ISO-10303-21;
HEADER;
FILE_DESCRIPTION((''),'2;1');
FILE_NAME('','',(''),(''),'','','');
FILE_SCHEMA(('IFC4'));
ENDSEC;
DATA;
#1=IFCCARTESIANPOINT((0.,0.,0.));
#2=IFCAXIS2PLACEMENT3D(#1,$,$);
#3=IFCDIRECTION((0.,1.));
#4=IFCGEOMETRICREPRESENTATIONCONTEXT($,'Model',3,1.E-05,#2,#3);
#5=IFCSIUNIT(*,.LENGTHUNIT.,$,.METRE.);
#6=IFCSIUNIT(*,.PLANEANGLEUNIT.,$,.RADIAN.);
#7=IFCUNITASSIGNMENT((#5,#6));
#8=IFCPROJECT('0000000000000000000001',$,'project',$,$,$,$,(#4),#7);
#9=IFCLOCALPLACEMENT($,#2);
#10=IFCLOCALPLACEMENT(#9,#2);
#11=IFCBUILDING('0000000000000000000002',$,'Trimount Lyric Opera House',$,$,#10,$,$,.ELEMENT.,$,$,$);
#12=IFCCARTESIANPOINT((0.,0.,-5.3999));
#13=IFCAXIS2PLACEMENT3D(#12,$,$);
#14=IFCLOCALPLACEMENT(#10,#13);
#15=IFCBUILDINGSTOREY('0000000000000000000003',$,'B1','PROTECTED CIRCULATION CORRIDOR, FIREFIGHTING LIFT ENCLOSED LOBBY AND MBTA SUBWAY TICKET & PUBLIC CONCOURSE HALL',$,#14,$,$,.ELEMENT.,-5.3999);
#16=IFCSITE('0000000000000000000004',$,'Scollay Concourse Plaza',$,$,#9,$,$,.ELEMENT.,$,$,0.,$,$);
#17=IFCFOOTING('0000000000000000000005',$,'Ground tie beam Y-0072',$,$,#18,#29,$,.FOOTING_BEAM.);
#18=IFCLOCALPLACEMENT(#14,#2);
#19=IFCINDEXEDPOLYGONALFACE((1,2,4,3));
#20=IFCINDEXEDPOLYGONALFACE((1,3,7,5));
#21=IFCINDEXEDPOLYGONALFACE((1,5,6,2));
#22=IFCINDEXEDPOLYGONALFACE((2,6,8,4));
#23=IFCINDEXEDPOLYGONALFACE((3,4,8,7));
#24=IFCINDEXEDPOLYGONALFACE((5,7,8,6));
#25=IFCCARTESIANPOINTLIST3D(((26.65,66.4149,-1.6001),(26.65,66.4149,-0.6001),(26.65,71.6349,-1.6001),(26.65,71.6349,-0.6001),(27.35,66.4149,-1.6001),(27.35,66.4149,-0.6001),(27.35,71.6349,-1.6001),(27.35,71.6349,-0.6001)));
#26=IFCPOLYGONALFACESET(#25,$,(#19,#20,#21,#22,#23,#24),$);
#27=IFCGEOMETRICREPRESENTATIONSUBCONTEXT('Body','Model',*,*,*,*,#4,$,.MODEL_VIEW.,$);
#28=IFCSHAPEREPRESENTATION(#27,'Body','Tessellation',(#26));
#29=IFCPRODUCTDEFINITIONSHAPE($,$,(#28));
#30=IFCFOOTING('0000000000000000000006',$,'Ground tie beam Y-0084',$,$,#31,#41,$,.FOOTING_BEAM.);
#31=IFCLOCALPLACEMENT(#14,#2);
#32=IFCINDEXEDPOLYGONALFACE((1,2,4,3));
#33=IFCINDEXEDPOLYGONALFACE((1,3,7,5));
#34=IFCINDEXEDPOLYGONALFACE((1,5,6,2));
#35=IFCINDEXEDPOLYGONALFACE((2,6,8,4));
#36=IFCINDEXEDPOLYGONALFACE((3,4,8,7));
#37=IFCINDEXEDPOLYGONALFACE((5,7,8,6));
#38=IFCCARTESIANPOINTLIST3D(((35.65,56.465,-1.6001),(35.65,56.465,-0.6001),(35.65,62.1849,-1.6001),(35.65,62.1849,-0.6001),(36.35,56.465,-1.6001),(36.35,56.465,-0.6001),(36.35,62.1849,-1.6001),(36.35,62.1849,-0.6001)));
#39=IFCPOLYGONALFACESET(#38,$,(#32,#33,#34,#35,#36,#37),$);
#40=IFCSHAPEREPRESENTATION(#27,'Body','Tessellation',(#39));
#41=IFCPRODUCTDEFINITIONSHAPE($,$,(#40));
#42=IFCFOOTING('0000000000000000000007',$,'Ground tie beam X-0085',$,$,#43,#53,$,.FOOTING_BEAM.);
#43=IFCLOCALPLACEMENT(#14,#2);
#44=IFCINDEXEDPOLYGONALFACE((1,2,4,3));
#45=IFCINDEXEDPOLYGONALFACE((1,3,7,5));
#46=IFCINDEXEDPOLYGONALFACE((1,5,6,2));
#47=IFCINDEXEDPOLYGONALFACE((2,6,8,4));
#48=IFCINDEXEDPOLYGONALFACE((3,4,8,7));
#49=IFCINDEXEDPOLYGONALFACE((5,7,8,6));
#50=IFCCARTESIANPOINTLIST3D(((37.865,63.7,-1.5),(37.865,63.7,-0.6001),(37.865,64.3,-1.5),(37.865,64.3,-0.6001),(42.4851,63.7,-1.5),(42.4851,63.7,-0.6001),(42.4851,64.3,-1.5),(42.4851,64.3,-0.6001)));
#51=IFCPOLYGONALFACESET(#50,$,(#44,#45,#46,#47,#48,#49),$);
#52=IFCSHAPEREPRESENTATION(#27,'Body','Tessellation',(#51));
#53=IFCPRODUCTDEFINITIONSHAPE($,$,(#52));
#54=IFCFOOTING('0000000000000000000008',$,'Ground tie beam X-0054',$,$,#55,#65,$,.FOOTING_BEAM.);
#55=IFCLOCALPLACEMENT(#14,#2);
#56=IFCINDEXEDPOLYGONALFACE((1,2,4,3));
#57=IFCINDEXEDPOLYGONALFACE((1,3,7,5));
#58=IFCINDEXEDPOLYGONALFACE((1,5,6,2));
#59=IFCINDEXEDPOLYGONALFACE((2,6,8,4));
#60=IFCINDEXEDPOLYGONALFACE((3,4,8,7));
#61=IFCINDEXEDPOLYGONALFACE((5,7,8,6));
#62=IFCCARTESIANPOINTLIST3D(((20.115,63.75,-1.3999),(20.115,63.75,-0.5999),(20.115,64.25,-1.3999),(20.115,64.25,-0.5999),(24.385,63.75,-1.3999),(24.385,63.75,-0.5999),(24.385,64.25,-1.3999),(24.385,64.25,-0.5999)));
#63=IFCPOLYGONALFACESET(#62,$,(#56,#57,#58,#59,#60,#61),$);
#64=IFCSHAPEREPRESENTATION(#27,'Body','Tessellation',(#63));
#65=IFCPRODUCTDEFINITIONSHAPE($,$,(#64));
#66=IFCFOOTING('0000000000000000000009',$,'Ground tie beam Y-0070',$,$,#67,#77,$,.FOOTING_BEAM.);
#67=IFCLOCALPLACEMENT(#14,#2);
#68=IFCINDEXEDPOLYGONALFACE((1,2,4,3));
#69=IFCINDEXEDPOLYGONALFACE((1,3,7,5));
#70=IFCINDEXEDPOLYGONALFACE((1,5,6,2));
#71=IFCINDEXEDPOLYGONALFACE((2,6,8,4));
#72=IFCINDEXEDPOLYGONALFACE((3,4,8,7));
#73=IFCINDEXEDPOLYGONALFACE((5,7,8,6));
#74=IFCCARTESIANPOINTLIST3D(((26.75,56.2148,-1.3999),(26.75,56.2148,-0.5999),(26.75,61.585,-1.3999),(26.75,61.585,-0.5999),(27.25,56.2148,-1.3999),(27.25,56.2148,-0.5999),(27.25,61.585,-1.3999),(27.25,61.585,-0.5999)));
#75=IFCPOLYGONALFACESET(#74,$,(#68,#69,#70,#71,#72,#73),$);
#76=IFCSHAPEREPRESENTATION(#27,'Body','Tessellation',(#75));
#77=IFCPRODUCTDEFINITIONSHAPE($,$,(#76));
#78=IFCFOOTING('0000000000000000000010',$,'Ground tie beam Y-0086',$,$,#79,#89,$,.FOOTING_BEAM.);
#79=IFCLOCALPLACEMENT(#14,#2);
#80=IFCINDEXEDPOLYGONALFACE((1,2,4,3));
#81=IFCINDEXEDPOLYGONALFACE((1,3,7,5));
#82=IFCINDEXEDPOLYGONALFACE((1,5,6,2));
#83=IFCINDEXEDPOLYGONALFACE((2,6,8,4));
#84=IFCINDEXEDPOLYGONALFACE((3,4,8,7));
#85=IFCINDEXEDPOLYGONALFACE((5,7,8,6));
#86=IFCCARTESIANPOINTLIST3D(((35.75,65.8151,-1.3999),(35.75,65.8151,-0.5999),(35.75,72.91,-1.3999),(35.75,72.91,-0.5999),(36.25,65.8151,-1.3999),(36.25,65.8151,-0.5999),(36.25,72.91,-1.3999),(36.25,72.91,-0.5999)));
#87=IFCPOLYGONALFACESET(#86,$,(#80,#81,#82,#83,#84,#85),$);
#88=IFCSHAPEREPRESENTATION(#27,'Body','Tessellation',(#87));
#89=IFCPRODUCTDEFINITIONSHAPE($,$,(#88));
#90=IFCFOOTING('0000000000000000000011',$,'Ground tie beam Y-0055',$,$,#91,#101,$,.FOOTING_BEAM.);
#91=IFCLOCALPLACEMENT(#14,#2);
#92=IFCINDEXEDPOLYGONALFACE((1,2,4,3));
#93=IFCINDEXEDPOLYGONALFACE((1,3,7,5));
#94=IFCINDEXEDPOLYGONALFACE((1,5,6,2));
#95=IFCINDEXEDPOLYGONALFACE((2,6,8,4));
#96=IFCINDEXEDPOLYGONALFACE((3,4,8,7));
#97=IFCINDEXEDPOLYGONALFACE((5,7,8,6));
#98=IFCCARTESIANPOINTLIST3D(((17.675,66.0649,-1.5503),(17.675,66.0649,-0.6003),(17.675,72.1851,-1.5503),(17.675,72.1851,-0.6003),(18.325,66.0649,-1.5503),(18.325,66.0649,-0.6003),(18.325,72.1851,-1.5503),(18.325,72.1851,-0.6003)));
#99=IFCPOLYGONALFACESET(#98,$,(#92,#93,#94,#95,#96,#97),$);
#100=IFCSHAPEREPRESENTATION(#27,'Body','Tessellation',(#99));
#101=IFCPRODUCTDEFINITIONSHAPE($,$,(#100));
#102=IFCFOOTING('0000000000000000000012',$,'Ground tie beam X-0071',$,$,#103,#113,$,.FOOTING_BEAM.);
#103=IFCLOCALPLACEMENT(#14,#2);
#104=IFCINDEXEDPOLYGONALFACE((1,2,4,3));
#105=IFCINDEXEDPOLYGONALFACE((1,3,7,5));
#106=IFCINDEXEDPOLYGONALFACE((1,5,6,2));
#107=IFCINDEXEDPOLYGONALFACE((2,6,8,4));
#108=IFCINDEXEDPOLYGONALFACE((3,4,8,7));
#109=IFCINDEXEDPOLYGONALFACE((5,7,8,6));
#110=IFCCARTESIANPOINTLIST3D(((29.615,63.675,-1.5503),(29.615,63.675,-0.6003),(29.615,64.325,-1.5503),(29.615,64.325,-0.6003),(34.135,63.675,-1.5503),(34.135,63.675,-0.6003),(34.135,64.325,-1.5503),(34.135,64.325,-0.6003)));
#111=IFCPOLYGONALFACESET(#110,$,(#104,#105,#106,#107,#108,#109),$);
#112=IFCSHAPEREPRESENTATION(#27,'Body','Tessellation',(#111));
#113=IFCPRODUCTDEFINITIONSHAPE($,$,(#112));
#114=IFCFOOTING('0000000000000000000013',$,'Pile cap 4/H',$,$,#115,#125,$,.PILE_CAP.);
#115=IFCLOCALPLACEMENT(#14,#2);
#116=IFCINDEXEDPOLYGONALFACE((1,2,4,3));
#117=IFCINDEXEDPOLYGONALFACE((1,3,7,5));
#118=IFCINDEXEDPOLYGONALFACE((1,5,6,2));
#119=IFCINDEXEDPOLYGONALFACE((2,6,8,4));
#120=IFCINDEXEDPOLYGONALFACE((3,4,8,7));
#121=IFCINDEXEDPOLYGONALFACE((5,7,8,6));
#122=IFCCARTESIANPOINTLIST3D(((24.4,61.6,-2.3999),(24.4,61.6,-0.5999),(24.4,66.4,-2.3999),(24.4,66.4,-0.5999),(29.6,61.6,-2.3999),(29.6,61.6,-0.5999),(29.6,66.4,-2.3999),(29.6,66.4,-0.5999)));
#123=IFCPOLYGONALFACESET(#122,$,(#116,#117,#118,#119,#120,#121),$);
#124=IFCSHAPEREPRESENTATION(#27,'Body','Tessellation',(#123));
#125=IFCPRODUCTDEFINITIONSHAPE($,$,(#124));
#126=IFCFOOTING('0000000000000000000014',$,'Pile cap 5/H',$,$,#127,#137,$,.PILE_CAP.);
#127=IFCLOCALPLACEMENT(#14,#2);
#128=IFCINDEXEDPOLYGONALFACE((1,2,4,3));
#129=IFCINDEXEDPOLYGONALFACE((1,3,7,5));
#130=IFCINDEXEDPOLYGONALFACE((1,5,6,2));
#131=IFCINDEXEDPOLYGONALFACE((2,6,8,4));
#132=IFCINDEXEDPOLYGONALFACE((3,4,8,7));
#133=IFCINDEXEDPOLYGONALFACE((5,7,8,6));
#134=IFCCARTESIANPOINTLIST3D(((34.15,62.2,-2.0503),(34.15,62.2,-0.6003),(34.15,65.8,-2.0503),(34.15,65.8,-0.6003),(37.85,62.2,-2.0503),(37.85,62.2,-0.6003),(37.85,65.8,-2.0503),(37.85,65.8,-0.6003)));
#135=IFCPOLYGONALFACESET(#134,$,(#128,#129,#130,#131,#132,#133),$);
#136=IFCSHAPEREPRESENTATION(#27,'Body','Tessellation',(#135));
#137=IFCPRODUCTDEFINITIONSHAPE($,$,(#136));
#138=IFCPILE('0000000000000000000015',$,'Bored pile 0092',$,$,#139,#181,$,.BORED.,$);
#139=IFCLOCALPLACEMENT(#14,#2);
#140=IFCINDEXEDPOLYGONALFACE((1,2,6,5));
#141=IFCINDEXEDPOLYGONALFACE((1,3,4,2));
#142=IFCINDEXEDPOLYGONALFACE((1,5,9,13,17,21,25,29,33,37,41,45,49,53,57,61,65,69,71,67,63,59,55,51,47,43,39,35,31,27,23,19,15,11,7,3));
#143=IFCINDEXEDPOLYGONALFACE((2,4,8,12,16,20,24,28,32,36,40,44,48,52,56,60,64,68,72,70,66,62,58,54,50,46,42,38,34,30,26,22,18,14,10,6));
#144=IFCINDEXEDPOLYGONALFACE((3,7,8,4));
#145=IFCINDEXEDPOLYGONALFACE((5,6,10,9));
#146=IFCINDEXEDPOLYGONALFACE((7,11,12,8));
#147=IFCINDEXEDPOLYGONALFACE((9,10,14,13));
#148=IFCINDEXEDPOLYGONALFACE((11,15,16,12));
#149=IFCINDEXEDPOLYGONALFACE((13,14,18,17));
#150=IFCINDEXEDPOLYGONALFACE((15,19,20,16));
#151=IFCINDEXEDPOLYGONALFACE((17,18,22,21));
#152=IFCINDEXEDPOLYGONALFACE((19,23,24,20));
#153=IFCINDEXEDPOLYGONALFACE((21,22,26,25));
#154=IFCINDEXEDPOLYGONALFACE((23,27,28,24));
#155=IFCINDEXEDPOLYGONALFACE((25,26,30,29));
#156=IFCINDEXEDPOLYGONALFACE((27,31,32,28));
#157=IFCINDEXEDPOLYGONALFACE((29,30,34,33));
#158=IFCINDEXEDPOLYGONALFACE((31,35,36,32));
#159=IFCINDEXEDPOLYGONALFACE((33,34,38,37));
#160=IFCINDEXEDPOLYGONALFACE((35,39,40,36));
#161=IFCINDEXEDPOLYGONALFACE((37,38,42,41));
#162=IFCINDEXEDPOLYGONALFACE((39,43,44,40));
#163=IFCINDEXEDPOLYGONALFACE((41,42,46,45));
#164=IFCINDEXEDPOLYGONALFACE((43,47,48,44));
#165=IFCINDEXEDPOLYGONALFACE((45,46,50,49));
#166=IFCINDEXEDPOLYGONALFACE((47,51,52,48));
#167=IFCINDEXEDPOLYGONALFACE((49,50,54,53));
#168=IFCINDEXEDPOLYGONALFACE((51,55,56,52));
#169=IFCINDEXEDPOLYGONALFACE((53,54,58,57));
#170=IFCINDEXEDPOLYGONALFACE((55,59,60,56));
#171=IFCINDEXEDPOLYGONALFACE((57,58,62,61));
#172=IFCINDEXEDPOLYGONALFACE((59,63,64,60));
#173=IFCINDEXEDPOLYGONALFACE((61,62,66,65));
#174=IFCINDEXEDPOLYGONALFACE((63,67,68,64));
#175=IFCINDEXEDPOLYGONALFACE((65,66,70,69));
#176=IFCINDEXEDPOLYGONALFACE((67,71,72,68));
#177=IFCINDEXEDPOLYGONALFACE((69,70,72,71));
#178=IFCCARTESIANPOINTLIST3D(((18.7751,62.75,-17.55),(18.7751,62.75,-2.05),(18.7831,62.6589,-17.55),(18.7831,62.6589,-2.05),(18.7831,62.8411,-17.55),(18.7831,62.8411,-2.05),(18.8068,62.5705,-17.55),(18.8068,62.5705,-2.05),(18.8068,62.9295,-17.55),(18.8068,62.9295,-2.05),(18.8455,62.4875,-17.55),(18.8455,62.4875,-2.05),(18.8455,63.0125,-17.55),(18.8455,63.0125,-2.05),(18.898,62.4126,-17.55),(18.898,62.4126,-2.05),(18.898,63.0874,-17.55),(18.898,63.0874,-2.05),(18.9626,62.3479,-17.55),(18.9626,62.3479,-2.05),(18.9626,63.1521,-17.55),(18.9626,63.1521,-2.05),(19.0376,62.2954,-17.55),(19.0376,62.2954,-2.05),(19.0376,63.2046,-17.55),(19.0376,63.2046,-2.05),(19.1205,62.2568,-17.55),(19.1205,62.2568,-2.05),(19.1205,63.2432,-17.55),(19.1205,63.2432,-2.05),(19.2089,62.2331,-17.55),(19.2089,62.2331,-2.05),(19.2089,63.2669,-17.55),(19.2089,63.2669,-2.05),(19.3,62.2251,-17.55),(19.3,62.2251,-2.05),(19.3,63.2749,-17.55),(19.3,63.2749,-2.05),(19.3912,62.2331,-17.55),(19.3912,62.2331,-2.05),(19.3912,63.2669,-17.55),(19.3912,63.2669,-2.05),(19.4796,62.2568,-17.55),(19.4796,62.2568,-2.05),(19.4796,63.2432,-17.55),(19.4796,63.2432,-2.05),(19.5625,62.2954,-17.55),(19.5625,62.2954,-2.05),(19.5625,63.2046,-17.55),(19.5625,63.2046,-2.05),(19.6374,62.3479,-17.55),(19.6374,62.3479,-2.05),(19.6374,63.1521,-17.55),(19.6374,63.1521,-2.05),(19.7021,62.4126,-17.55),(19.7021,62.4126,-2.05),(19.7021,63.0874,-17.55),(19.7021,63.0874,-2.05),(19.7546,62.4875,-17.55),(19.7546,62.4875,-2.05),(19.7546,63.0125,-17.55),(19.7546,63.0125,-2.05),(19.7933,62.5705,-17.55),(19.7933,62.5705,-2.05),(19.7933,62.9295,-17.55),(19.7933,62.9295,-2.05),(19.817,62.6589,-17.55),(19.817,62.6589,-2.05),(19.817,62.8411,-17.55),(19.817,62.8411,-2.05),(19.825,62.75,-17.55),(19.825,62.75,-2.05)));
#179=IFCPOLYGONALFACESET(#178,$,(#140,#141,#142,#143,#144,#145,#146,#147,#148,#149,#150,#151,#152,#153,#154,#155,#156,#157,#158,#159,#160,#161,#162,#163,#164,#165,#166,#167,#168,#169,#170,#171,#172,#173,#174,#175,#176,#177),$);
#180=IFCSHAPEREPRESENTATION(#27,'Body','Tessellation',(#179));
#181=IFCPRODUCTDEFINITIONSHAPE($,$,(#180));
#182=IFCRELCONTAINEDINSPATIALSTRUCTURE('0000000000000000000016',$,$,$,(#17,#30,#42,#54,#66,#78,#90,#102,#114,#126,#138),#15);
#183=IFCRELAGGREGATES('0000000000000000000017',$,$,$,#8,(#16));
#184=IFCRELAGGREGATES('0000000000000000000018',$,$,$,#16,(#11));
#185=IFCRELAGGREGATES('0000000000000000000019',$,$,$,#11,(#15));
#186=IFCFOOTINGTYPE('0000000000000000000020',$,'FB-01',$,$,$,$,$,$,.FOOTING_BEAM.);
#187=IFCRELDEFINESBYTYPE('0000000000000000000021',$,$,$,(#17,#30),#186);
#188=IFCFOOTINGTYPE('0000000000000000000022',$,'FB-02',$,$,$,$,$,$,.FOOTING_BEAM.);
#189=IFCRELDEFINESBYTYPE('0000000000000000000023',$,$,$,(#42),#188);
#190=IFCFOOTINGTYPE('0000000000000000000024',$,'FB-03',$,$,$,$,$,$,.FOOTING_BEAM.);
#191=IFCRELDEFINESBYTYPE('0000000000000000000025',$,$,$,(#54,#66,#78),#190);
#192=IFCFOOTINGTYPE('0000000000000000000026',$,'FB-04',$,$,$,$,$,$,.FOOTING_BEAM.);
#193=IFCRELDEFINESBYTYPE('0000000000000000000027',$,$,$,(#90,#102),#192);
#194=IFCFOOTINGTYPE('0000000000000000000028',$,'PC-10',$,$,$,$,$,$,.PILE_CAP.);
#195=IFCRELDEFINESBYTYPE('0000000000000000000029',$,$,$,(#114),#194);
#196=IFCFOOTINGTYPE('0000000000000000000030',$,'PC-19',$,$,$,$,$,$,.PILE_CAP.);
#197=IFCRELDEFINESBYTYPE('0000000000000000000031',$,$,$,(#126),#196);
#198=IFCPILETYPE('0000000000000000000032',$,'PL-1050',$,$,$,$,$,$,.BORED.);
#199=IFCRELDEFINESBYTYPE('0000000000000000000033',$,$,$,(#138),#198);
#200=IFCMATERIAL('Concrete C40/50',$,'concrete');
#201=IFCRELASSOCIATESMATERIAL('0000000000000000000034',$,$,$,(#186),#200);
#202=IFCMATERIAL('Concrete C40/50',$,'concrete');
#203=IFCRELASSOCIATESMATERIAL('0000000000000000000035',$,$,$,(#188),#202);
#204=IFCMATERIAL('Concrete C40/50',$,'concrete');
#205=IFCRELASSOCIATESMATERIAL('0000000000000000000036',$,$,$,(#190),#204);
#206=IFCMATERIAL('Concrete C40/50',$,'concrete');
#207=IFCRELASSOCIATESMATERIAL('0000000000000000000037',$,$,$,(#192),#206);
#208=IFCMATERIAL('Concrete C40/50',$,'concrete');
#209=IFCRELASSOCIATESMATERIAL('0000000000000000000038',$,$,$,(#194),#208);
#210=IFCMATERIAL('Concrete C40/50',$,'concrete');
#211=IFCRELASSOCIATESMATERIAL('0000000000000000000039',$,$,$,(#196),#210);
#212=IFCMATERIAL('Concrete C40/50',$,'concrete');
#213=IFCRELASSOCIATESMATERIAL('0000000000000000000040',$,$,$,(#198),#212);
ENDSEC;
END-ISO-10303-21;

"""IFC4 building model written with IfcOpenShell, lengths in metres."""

from ifc_helpers import new_model, si_unit, direction, frame, origin, origin_2d, place, context, subcontext, project, spatial, rectangle, circle, extrude, material, material_profile, profile_set, type_object, element, save


model = new_model("IFC4")

# Units and contexts
model_context = context("Model", 3, precision=1e-05, world=origin(), true_north=direction((0.0, 1.0)))
body_context = subcontext(model_context, "Body", "Model", "MODEL_VIEW")
ifc_project = project(units=[si_unit("LENGTHUNIT", "METRE"), si_unit("PLANEANGLEUNIT", "RADIAN")], contexts=[model_context])

# Site, building, storey
site_placement = place(None, origin())
site = spatial("IfcSite", under=ifc_project, at=site_placement, Name="Scollay Concourse Plaza", CompositionType="ELEMENT", RefElevation=0.0)
building_placement = place(site_placement, origin())
building = spatial("IfcBuilding", under=site, at=building_placement, Name="Trimount Lyric Opera House", CompositionType="ELEMENT")
storey_placement = place(building_placement, frame((0.0, 0.0, -5.3999)))
storey = spatial("IfcBuildingStorey", under=building, at=storey_placement, Name="B1", Description="PROTECTED CIRCULATION CORRIDOR, FIREFIGHTING LIFT ENCLOSED LOBBY AND MBTA SUBWAY TICKET & PUBLIC CONCOURSE HALL", CompositionType="ELEMENT", Elevation=-5.3999)

# Footings
ifc_material_1 = material(Name="Concrete C40/50", Category="concrete")
footing_type_1 = type_object("IfcFootingType", Name="FB-01", PredefinedType="FOOTING_BEAM", material=ifc_material_1)
footing_1_placement = place(storey_placement, frame((27.0, 69.0249, -1.6001), z_axis=(0.0, 0.0, 1.0), x_axis=(1.0, 0.0, 0.0)))
element("IfcFooting", 1, at=footing_1_placement, inside=storey, type_object=footing_type_1, Name="Ground tie beam Y-0072", PredefinedType="FOOTING_BEAM", context=body_context, shape_type="SweptSolid", body=[
    extrude(rectangle(XDim=0.7, YDim=5.22, at=origin_2d()), origin(), (0.0, 0.0, 1.0), 1.0),
])
footing_2_placement = place(storey_placement, frame((36.0, 59.325, -1.6001), z_axis=(0.0, 0.0, 1.0), x_axis=(1.0, 0.0, 0.0)))
element("IfcFooting", 2, at=footing_2_placement, inside=storey, type_object=footing_type_1, Name="Ground tie beam Y-0084", PredefinedType="FOOTING_BEAM", context=body_context, shape_type="SweptSolid", body=[
    extrude(rectangle(XDim=0.7, YDim=5.72, at=origin_2d()), origin(), (0.0, 0.0, 1.0), 1.0),
])
ifc_material_2 = material(Name="Concrete C40/50", Category="concrete")
footing_type_2 = type_object("IfcFootingType", Name="FB-02", PredefinedType="FOOTING_BEAM", material=ifc_material_2)
footing_3_placement = place(storey_placement, frame((40.175, 64.0, -1.5), z_axis=(0.0, 0.0, 1.0), x_axis=(1.0, 0.0, 0.0)))
element("IfcFooting", 3, at=footing_3_placement, inside=storey, type_object=footing_type_2, Name="Ground tie beam X-0085", PredefinedType="FOOTING_BEAM", context=body_context, shape_type="SweptSolid", body=[
    extrude(rectangle(XDim=4.6201, YDim=0.6001, at=origin_2d()), origin(), (0.0, 0.0, 1.0), 0.8999),
])
ifc_material_3 = material(Name="Concrete C40/50", Category="concrete")
footing_type_3 = type_object("IfcFootingType", Name="FB-03", PredefinedType="FOOTING_BEAM", material=ifc_material_3)
footing_4_placement = place(storey_placement, frame((22.25, 64.0, -1.3999), z_axis=(0.0, 0.0, 1.0), x_axis=(1.0, 0.0, 0.0)))
element("IfcFooting", 4, at=footing_4_placement, inside=storey, type_object=footing_type_3, Name="Ground tie beam X-0054", PredefinedType="FOOTING_BEAM", context=body_context, shape_type="SweptSolid", body=[
    extrude(rectangle(XDim=4.27, YDim=0.5, at=origin_2d()), origin(), (0.0, 0.0, 1.0), 0.8),
])
footing_5_placement = place(storey_placement, frame((27.0, 58.8999, -1.3999), z_axis=(0.0, 0.0, 1.0), x_axis=(1.0, 0.0, 0.0)))
element("IfcFooting", 5, at=footing_5_placement, inside=storey, type_object=footing_type_3, Name="Ground tie beam Y-0070", PredefinedType="FOOTING_BEAM", context=body_context, shape_type="SweptSolid", body=[
    extrude(rectangle(XDim=0.5, YDim=5.3701, at=origin_2d()), origin(), (0.0, 0.0, 1.0), 0.8),
])
footing_6_placement = place(storey_placement, frame((36.0, 69.3625, -1.3999), z_axis=(0.0, 0.0, 1.0), x_axis=(1.0, 0.0, 0.0)))
element("IfcFooting", 6, at=footing_6_placement, inside=storey, type_object=footing_type_3, Name="Ground tie beam Y-0086", PredefinedType="FOOTING_BEAM", context=body_context, shape_type="SweptSolid", body=[
    extrude(rectangle(XDim=0.5, YDim=7.095, at=origin_2d()), origin(), (0.0, 0.0, 1.0), 0.8),
])
ifc_material_4 = material(Name="Concrete C40/50", Category="concrete")
footing_type_4 = type_object("IfcFootingType", Name="FB-04", PredefinedType="FOOTING_BEAM", material=ifc_material_4)
footing_7_placement = place(storey_placement, frame((18.0, 69.125, -1.5503), z_axis=(0.0, 0.0, 1.0), x_axis=(1.0, 0.0, 0.0)))
element("IfcFooting", 7, at=footing_7_placement, inside=storey, type_object=footing_type_4, Name="Ground tie beam Y-0055", PredefinedType="FOOTING_BEAM", context=body_context, shape_type="SweptSolid", body=[
    extrude(rectangle(XDim=0.6499, YDim=6.1201, at=origin_2d()), origin(), (0.0, 0.0, 1.0), 0.95),
])
footing_8_placement = place(storey_placement, frame((31.875, 64.0, -1.5503), z_axis=(0.0, 0.0, 1.0), x_axis=(1.0, 0.0, 0.0)))
element("IfcFooting", 8, at=footing_8_placement, inside=storey, type_object=footing_type_4, Name="Ground tie beam X-0071", PredefinedType="FOOTING_BEAM", context=body_context, shape_type="SweptSolid", body=[
    extrude(rectangle(XDim=4.52, YDim=0.6499, at=origin_2d()), origin(), (0.0, 0.0, 1.0), 0.95),
])
ifc_material_5 = material(Name="Concrete C40/50", Category="concrete")
footing_type_5 = type_object("IfcFootingType", Name="PC-10", PredefinedType="PILE_CAP", material=ifc_material_5)
footing_9_placement = place(storey_placement, frame((27.0, 64.0, -2.3999), z_axis=(0.0, 0.0, 1.0), x_axis=(1.0, 0.0, 0.0)))
element("IfcFooting", 9, at=footing_9_placement, inside=storey, type_object=footing_type_5, Name="Pile cap 4/H", PredefinedType="PILE_CAP", context=body_context, shape_type="SweptSolid", body=[
    extrude(rectangle(XDim=5.2, YDim=4.8, at=origin_2d()), origin(), (0.0, 0.0, 1.0), 1.8),
])
ifc_material_6 = material(Name="Concrete C40/50", Category="concrete")
footing_type_6 = type_object("IfcFootingType", Name="PC-19", PredefinedType="PILE_CAP", material=ifc_material_6)
footing_10_placement = place(storey_placement, frame((36.0, 64.0, -2.0503), z_axis=(0.0, 0.0, 1.0), x_axis=(1.0, 0.0, 0.0)))
element("IfcFooting", 10, at=footing_10_placement, inside=storey, type_object=footing_type_6, Name="Pile cap 5/H", PredefinedType="PILE_CAP", context=body_context, shape_type="SweptSolid", body=[
    extrude(rectangle(XDim=3.7, YDim=3.6001, at=origin_2d()), origin(), (0.0, 0.0, 1.0), 1.45),
])

# Pile
ifc_material_7 = material(Name="Concrete C40/50", Category="concrete")
ifc_material_profile_1 = material_profile(ifc_material_7, circle(Radius=0.5249, at=origin_2d()), Name="PILE-D1050")
ifc_profile_set_1 = profile_set([ifc_material_profile_1], Name="Concrete C40/50")
pile_type_1 = type_object("IfcPileType", Name="PL-1050", PredefinedType="BORED", material=ifc_profile_set_1)
for number, where, z_axis, x_axis, name in (
    (11, (19.3, 62.75, -2.05), (0.0, 0.0, -1.0), (1.0, 0.0, 0.0), "Bored pile 0092"),
):
    element("IfcPile", number, at=place(storey_placement, frame(where, z_axis=z_axis, x_axis=x_axis)), inside=storey, type_object=pile_type_1, Name=name, PredefinedType="BORED", context=body_context, shape_type="SweptSolid", body=[
        extrude(circle(Radius=0.5249, at=origin_2d()), origin(), (0.0, 0.0, 1.0), 15.5),
    ])

save(model, "model.ifc")
